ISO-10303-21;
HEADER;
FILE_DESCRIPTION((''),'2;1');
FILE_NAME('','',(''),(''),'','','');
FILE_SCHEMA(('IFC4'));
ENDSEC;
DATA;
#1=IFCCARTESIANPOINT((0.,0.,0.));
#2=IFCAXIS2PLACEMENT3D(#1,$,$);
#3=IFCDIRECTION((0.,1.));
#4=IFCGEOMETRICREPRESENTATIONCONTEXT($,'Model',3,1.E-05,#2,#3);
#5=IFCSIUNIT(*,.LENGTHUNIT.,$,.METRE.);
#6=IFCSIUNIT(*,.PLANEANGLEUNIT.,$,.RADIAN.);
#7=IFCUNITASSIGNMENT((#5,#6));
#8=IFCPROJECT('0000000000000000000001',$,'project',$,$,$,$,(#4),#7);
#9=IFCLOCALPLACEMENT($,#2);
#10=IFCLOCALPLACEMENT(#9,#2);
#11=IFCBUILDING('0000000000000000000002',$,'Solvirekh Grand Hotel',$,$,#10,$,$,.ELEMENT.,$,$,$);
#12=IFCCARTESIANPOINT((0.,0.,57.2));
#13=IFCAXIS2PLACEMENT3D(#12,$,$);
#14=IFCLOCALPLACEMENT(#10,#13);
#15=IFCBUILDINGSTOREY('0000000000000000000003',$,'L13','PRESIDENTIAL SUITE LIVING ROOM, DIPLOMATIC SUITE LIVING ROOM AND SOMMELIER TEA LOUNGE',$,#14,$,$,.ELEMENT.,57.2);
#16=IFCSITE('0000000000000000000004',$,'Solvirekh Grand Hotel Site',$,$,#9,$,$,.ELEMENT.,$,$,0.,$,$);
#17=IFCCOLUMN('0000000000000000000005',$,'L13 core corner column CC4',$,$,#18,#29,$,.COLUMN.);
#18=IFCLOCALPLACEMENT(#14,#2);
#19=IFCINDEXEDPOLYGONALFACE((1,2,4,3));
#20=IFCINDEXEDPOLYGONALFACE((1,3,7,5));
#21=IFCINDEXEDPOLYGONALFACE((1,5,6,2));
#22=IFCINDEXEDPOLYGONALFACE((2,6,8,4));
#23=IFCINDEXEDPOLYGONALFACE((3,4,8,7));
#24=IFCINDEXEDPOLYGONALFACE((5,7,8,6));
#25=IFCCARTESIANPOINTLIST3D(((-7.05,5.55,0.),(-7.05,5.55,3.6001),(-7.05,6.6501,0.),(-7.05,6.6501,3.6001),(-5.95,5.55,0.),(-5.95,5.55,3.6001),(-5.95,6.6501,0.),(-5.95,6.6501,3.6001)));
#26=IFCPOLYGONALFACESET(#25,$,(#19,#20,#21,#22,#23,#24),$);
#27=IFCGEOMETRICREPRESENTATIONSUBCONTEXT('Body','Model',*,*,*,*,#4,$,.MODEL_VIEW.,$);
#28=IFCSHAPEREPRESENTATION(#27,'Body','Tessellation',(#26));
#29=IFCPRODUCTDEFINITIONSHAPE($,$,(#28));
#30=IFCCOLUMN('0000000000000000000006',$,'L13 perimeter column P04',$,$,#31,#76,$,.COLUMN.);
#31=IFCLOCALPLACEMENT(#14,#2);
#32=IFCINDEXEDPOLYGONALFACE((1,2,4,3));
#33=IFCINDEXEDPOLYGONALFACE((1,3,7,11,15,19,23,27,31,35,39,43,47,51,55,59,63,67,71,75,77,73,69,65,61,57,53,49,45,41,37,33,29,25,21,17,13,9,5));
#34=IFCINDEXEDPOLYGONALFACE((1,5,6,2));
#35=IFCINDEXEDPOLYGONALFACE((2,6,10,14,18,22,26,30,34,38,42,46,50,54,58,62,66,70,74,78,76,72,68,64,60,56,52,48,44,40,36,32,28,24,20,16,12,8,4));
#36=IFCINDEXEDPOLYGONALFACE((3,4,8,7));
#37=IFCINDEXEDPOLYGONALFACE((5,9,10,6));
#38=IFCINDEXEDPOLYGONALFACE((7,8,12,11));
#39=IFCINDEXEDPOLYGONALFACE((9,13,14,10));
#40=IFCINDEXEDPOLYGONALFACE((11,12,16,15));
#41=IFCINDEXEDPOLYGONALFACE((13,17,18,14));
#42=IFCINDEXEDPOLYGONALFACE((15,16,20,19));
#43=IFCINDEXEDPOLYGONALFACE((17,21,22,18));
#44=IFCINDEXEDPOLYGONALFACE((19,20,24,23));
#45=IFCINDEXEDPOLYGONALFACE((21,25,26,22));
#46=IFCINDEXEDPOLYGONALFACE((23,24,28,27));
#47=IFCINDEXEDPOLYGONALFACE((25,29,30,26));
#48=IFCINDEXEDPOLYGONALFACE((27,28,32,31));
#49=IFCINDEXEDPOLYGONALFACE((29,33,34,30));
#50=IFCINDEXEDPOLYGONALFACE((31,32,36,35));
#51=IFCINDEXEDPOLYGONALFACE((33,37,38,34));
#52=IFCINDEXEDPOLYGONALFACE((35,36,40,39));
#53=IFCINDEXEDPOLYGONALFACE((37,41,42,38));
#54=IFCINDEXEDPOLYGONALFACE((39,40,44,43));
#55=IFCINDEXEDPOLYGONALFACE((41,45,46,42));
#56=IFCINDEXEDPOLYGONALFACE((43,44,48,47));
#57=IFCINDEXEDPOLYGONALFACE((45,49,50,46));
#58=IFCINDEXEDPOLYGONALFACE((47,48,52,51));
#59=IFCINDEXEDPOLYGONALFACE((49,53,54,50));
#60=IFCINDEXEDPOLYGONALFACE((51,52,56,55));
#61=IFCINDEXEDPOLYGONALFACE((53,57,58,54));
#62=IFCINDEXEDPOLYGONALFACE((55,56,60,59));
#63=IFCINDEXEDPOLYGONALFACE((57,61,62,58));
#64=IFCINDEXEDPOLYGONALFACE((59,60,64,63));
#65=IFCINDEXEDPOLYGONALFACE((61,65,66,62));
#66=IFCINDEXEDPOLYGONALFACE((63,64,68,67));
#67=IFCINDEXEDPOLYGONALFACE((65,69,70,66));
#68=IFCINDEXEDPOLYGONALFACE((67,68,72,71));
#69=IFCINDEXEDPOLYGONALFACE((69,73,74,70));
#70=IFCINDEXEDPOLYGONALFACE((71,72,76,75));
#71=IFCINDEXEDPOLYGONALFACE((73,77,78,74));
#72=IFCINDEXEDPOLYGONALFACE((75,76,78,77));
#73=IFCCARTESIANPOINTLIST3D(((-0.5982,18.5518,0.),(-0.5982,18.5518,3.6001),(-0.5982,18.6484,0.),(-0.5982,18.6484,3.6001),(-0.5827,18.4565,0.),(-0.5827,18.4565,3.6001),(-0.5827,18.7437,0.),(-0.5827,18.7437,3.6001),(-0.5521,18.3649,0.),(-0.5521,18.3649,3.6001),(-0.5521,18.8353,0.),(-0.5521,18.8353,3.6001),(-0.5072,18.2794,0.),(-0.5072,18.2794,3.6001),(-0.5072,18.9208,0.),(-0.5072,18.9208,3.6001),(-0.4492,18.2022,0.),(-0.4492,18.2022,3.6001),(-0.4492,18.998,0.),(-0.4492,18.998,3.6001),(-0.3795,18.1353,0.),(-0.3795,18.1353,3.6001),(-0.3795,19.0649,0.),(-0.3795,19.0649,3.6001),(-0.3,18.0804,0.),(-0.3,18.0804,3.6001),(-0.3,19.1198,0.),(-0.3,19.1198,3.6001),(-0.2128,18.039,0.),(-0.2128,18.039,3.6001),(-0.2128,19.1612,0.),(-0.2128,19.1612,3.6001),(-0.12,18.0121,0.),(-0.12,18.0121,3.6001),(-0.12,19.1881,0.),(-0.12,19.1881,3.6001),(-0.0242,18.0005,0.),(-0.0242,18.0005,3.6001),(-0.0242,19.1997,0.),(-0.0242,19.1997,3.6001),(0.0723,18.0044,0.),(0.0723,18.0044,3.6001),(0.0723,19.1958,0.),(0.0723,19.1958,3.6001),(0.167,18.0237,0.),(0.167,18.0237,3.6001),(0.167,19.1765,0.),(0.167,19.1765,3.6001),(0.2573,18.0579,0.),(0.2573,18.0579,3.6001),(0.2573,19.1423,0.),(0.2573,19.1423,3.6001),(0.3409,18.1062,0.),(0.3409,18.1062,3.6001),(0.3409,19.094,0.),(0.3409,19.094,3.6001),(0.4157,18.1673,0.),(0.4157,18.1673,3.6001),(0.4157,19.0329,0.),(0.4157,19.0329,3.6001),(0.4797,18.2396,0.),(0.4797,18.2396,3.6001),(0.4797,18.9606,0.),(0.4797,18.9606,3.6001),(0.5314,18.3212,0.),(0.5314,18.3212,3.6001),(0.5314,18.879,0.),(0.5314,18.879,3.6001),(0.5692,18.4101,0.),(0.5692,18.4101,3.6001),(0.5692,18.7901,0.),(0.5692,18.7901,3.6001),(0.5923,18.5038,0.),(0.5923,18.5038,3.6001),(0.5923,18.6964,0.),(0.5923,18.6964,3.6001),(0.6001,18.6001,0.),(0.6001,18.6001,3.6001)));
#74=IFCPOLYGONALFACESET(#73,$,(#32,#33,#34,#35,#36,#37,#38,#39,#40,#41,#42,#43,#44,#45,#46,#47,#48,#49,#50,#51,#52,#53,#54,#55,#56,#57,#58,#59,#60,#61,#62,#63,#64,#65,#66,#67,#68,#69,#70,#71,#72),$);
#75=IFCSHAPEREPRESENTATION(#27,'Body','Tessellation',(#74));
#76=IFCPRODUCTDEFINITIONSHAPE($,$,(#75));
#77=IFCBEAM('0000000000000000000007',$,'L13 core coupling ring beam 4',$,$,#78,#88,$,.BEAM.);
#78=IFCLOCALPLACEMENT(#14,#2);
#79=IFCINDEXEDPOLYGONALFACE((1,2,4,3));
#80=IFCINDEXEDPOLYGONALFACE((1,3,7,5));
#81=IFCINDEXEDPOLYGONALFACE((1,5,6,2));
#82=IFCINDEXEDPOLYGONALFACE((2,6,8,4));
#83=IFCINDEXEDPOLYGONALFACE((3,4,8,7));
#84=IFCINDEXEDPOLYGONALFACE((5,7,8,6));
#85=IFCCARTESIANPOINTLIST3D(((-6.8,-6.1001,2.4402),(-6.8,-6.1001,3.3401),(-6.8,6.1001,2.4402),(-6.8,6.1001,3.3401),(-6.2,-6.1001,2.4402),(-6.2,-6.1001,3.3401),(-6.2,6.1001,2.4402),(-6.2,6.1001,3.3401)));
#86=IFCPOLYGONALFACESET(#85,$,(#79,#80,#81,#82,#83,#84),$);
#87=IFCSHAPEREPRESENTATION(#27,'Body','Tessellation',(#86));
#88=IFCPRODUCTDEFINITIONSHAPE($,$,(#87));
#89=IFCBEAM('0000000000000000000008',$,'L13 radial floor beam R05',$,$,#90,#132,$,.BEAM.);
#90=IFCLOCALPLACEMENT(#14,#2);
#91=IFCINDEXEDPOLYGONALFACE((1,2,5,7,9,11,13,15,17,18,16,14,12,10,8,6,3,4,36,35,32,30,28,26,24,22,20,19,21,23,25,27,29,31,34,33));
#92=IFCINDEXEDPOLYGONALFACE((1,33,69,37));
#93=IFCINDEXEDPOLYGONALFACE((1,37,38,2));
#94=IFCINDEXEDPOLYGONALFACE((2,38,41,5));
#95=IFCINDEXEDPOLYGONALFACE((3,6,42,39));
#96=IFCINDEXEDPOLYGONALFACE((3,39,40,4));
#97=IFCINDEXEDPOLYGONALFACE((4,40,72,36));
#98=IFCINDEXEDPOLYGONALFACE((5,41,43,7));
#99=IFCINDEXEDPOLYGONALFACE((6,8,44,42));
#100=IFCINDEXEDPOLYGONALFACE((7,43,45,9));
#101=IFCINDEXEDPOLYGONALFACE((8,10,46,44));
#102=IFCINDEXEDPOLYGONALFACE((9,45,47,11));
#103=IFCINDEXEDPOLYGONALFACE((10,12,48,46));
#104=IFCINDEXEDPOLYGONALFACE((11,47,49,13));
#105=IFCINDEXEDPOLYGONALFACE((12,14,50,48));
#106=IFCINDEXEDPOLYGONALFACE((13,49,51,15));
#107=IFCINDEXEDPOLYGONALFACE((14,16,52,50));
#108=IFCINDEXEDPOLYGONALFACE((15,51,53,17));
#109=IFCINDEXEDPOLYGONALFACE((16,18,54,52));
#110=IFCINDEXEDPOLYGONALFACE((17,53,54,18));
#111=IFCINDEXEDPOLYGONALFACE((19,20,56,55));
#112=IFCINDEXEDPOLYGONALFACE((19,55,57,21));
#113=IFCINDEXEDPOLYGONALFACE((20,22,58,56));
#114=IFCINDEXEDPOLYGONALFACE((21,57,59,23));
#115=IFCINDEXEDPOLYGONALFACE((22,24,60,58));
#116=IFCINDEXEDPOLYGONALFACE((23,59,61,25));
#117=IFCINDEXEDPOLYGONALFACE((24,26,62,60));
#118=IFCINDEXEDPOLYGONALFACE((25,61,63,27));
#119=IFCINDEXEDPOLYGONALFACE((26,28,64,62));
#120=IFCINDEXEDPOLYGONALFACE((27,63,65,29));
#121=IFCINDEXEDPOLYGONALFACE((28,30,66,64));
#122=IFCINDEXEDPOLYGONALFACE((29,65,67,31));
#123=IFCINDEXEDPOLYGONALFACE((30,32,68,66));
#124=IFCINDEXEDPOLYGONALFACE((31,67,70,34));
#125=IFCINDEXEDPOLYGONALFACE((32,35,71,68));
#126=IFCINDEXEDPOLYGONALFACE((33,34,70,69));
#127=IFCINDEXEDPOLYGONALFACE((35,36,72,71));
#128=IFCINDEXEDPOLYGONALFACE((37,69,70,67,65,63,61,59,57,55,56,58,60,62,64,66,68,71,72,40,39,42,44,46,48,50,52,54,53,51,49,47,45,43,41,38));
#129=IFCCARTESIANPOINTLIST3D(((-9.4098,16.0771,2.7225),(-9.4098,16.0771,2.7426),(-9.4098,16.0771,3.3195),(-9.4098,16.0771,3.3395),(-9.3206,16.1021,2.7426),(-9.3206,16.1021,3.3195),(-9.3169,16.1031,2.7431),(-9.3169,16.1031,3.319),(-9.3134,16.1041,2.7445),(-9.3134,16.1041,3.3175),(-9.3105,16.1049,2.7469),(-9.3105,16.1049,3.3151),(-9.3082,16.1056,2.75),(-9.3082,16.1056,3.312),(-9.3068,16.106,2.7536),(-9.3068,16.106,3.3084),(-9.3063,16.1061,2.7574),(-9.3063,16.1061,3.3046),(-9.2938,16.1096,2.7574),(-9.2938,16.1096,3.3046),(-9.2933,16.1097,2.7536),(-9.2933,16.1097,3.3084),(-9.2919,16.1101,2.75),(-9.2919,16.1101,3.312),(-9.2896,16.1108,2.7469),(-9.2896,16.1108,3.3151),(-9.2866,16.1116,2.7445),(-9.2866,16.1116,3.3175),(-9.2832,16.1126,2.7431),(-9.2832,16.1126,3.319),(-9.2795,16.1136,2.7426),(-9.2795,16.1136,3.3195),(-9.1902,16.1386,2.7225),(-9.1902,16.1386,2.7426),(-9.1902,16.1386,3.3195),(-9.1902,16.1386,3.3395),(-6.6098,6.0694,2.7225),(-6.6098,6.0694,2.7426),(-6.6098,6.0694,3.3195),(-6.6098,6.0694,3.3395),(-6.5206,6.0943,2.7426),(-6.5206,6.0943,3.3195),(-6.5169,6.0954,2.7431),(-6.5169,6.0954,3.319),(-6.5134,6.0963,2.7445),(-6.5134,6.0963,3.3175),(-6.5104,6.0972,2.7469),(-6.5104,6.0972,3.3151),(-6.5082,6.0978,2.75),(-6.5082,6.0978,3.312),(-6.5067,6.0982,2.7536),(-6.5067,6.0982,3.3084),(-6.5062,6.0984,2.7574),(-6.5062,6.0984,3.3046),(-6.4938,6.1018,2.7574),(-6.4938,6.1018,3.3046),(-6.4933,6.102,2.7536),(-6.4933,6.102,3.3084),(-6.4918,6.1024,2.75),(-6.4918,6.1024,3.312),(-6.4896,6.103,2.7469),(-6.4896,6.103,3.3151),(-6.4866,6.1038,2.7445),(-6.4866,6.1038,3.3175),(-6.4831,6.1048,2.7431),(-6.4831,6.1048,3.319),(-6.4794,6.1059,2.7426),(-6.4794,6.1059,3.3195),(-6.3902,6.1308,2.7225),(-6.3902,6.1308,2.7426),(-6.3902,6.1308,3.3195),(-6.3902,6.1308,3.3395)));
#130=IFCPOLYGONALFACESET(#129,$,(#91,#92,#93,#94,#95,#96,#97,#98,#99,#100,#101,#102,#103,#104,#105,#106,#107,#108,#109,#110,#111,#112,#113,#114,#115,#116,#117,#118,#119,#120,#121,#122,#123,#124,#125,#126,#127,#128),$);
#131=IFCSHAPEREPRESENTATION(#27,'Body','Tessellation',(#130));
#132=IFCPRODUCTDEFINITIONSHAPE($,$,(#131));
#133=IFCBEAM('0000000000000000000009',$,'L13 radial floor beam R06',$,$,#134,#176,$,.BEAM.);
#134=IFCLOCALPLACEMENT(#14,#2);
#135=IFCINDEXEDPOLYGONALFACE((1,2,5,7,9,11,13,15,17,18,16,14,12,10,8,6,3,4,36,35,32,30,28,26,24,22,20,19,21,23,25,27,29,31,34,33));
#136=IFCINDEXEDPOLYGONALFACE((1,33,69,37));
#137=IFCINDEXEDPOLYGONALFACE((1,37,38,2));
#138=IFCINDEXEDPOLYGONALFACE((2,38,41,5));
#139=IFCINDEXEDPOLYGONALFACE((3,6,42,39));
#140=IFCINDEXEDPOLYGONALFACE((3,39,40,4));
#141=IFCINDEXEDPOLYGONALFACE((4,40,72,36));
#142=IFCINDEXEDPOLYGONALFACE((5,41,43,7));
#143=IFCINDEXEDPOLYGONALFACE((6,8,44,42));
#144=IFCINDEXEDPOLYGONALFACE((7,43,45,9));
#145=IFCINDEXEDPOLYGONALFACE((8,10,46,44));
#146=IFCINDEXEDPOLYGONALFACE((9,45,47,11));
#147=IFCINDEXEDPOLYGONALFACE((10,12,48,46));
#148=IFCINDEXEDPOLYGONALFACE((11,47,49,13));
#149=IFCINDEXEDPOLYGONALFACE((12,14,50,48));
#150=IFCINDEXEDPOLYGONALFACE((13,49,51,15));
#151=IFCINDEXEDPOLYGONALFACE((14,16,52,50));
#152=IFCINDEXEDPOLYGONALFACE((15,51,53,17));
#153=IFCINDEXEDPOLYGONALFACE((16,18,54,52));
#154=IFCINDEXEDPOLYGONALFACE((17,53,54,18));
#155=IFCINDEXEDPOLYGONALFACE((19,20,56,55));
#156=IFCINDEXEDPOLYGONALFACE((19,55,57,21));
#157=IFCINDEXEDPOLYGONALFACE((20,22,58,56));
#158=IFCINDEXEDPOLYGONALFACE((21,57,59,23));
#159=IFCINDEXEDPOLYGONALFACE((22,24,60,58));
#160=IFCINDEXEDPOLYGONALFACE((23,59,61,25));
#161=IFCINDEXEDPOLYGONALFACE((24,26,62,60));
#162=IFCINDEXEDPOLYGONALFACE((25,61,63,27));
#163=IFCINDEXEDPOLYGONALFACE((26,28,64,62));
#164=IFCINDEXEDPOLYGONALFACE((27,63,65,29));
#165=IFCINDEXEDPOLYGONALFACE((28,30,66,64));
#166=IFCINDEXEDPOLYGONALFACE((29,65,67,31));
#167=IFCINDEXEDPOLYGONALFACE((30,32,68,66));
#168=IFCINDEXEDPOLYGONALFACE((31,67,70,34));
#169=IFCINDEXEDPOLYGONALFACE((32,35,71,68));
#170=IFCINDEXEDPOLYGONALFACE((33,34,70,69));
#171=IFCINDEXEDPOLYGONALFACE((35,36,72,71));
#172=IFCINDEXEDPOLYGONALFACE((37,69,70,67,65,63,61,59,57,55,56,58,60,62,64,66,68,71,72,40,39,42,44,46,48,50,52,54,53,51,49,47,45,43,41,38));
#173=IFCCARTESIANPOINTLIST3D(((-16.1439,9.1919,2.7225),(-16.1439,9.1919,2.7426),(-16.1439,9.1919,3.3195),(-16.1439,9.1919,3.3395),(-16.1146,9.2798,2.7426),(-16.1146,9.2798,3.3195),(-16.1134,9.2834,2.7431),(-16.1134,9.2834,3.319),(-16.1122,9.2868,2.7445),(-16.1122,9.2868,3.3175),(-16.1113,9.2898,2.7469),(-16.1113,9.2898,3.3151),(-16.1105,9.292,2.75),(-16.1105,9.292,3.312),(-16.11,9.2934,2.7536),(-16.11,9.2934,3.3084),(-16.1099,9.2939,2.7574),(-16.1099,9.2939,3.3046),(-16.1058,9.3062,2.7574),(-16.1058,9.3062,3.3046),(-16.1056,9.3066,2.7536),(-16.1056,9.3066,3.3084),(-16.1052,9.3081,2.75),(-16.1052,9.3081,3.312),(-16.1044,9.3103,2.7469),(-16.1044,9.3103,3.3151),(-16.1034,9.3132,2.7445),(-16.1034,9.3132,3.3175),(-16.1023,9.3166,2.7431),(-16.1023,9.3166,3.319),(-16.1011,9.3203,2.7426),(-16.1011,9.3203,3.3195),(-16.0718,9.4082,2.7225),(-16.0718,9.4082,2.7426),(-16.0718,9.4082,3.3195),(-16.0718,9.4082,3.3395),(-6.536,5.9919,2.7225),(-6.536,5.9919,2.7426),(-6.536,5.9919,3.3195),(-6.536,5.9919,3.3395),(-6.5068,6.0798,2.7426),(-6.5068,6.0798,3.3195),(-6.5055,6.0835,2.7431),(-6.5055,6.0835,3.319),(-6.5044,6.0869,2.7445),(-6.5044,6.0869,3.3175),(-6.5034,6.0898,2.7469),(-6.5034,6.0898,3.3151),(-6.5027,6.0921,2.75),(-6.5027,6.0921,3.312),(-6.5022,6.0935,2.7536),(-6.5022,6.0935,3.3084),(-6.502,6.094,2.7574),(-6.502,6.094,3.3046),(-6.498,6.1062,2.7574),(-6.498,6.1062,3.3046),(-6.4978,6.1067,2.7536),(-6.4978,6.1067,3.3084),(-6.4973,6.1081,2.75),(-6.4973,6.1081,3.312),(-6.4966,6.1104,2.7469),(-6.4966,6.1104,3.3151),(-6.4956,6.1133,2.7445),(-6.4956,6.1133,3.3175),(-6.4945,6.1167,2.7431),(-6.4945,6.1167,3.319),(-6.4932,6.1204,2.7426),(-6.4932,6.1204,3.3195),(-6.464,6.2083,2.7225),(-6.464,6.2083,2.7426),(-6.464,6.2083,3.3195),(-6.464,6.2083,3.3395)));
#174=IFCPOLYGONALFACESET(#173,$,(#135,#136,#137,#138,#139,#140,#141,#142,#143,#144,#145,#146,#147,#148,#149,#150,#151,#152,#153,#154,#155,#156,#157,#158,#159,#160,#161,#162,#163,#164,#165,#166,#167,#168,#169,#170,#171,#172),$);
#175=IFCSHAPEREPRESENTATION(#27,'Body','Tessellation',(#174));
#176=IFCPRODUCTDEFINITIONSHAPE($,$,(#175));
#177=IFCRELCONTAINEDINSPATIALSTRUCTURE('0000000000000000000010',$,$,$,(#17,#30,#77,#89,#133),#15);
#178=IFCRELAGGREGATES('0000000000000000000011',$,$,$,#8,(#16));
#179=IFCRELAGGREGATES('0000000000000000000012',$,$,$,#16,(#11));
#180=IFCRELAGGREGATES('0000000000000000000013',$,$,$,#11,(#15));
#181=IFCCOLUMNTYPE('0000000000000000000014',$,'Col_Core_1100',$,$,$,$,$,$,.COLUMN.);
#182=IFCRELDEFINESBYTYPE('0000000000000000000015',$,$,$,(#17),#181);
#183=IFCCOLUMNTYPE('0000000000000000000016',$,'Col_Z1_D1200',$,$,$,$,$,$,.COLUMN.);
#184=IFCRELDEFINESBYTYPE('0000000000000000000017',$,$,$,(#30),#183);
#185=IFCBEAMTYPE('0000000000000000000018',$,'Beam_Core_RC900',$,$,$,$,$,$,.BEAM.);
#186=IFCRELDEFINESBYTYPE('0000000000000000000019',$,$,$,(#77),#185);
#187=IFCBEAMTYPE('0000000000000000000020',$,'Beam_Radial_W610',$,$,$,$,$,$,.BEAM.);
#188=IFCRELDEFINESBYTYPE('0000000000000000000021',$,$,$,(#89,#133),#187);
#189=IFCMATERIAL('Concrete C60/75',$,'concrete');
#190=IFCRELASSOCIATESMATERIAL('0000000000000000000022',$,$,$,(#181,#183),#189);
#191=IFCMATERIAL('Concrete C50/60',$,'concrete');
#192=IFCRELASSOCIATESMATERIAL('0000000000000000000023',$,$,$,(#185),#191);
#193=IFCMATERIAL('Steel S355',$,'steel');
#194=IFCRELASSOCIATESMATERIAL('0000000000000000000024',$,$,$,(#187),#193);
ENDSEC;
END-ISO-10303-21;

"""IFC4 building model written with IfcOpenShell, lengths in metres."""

from ifc_helpers import new_model, si_unit, direction, frame, origin, origin_2d, place, context, subcontext, project, spatial, rectangle, circle, i_section, extrude, material, material_profile, profile_set, type_object, element, save


model = new_model("IFC4")

# Units and contexts
model_context = context("Model", 3, precision=1e-05, world=origin(), true_north=direction((0.0, 1.0)))
body_context = subcontext(model_context, "Body", "Model", "MODEL_VIEW")
ifc_project = project(units=[si_unit("LENGTHUNIT", "METRE"), si_unit("PLANEANGLEUNIT", "RADIAN")], contexts=[model_context])

# Site, building, storey
site_placement = place(None, origin())
site = spatial("IfcSite", under=ifc_project, at=site_placement, Name="Solvirekh Grand Hotel Site", CompositionType="ELEMENT", RefElevation=0.0)
building_placement = place(site_placement, origin())
building = spatial("IfcBuilding", under=site, at=building_placement, Name="Solvirekh Grand Hotel", CompositionType="ELEMENT")
storey_placement = place(building_placement, frame((0.0, 0.0, 57.2)))
storey = spatial("IfcBuildingStorey", under=building, at=storey_placement, Name="L13", Description="PRESIDENTIAL SUITE LIVING ROOM, DIPLOMATIC SUITE LIVING ROOM AND SOMMELIER TEA LOUNGE", CompositionType="ELEMENT", Elevation=57.2)

# Columns
ifc_material_1 = material(Name="Concrete C60/75", Category="concrete")
ifc_material_profile_1 = material_profile(ifc_material_1, rectangle(XDim=1.1001, YDim=1.1001, at=origin_2d()), Name="RC 1100X1100")
ifc_profile_set_1 = profile_set([ifc_material_profile_1], Name="Concrete C60/75")
column_type_1 = type_object("IfcColumnType", Name="Col_Core_1100", PredefinedType="COLUMN", material=ifc_profile_set_1)
column_1_placement = place(storey_placement, frame((-6.5, 6.1001, 0.0), z_axis=(0.0, 0.0, 1.0), x_axis=(1.0, 0.0, 0.0)))
element("IfcColumn", 1, at=column_1_placement, inside=storey, type_object=column_type_1, Name="L13 core corner column CC4", PredefinedType="COLUMN", context=body_context, shape_type="SweptSolid", body=[
    extrude(rectangle(XDim=1.1001, YDim=1.1001, at=origin_2d()), origin(), (0.0, 0.0, 1.0), 3.6001),
])
ifc_material_profile_2 = material_profile(ifc_material_1, circle(Radius=0.6001, at=origin_2d()), Name="RC CIRC D1200")
ifc_profile_set_2 = profile_set([ifc_material_profile_2], Name="Concrete C60/75")
column_type_2 = type_object("IfcColumnType", Name="Col_Z1_D1200", PredefinedType="COLUMN", material=ifc_profile_set_2)
column_2_placement = place(storey_placement, frame((0.0, 18.6001, 0.0), z_axis=(0.0, 0.0, 1.0), x_axis=(1.0, 0.0, 0.0)))
element("IfcColumn", 2, at=column_2_placement, inside=storey, type_object=column_type_2, Name="L13 perimeter column P04", PredefinedType="COLUMN", context=body_context, shape_type="SweptSolid", body=[
    extrude(circle(Radius=0.6001, at=origin_2d()), origin(), (0.0, 0.0, 1.0), 3.6001),
])

# Beams
ifc_material_2 = material(Name="Concrete C50/60", Category="concrete")
ifc_material_profile_3 = material_profile(ifc_material_2, rectangle(XDim=0.6001, YDim=0.8999, at=origin_2d()), Name="RC BEAM 600X900")
ifc_profile_set_3 = profile_set([ifc_material_profile_3], Name="Concrete C50/60")
beam_type_1 = type_object("IfcBeamType", Name="Beam_Core_RC900", PredefinedType="BEAM", material=ifc_profile_set_3)
beam_1_placement = place(storey_placement, frame((-6.5, 6.1001, 2.8901), z_axis=(0.0, -1.0, 0.0), x_axis=(1.0, 0.0, 0.0)))
element("IfcBeam", 3, at=beam_1_placement, inside=storey, type_object=beam_type_1, Name="L13 core coupling ring beam 4", PredefinedType="BEAM", context=body_context, shape_type="SweptSolid", body=[
    extrude(rectangle(XDim=0.6001, YDim=0.8999, at=origin_2d()), origin(), (0.0, 0.0, 1.0), 12.2002),
])
ifc_material_3 = material(Name="Steel S355", Category="steel")
ifc_material_profile_4 = material_profile(ifc_material_3, i_section(OverallWidth=0.228, OverallDepth=0.6169, WebThickness=0.0129, FlangeThickness=0.02, FilletRadius=0.0149, at=origin_2d()), Name="W610X140")
ifc_profile_set_4 = profile_set([ifc_material_profile_4], Name="Steel S355")
beam_type_2 = type_object("IfcBeamType", Name="Beam_Radial_W610", PredefinedType="BEAM", material=ifc_profile_set_4)
beam_2_placement = place(storey_placement, frame((-6.5, 6.1001, 3.031), z_axis=(-0.269439, 0.963017, 0.0), x_axis=(-0.963017, -0.269439, 0.0)))
element("IfcBeam", 4, at=beam_2_placement, inside=storey, type_object=beam_type_2, Name="L13 radial floor beam R05", PredefinedType="BEAM", context=body_context, shape_type="SweptSolid", body=[
    extrude(i_section(OverallWidth=0.228, OverallDepth=0.6169, WebThickness=0.0129, FlangeThickness=0.02, FilletRadius=0.0149, at=origin_2d()), origin(), (0.0, 0.0, 1.0), 10.3921),
])
beam_3_placement = place(storey_placement, frame((-6.5, 6.1001, 3.031), z_axis=(-0.948763, 0.315989, 0.0), x_axis=(-0.315989, -0.948763, 0.0)))
element("IfcBeam", 5, at=beam_3_placement, inside=storey, type_object=beam_type_2, Name="L13 radial floor beam R06", PredefinedType="BEAM", context=body_context, shape_type="SweptSolid", body=[
    extrude(i_section(OverallWidth=0.228, OverallDepth=0.6169, WebThickness=0.0129, FlangeThickness=0.02, FilletRadius=0.0149, at=origin_2d()), origin(), (0.0, 0.0, 1.0), 10.1267),
])

save(model, "model.ifc")
